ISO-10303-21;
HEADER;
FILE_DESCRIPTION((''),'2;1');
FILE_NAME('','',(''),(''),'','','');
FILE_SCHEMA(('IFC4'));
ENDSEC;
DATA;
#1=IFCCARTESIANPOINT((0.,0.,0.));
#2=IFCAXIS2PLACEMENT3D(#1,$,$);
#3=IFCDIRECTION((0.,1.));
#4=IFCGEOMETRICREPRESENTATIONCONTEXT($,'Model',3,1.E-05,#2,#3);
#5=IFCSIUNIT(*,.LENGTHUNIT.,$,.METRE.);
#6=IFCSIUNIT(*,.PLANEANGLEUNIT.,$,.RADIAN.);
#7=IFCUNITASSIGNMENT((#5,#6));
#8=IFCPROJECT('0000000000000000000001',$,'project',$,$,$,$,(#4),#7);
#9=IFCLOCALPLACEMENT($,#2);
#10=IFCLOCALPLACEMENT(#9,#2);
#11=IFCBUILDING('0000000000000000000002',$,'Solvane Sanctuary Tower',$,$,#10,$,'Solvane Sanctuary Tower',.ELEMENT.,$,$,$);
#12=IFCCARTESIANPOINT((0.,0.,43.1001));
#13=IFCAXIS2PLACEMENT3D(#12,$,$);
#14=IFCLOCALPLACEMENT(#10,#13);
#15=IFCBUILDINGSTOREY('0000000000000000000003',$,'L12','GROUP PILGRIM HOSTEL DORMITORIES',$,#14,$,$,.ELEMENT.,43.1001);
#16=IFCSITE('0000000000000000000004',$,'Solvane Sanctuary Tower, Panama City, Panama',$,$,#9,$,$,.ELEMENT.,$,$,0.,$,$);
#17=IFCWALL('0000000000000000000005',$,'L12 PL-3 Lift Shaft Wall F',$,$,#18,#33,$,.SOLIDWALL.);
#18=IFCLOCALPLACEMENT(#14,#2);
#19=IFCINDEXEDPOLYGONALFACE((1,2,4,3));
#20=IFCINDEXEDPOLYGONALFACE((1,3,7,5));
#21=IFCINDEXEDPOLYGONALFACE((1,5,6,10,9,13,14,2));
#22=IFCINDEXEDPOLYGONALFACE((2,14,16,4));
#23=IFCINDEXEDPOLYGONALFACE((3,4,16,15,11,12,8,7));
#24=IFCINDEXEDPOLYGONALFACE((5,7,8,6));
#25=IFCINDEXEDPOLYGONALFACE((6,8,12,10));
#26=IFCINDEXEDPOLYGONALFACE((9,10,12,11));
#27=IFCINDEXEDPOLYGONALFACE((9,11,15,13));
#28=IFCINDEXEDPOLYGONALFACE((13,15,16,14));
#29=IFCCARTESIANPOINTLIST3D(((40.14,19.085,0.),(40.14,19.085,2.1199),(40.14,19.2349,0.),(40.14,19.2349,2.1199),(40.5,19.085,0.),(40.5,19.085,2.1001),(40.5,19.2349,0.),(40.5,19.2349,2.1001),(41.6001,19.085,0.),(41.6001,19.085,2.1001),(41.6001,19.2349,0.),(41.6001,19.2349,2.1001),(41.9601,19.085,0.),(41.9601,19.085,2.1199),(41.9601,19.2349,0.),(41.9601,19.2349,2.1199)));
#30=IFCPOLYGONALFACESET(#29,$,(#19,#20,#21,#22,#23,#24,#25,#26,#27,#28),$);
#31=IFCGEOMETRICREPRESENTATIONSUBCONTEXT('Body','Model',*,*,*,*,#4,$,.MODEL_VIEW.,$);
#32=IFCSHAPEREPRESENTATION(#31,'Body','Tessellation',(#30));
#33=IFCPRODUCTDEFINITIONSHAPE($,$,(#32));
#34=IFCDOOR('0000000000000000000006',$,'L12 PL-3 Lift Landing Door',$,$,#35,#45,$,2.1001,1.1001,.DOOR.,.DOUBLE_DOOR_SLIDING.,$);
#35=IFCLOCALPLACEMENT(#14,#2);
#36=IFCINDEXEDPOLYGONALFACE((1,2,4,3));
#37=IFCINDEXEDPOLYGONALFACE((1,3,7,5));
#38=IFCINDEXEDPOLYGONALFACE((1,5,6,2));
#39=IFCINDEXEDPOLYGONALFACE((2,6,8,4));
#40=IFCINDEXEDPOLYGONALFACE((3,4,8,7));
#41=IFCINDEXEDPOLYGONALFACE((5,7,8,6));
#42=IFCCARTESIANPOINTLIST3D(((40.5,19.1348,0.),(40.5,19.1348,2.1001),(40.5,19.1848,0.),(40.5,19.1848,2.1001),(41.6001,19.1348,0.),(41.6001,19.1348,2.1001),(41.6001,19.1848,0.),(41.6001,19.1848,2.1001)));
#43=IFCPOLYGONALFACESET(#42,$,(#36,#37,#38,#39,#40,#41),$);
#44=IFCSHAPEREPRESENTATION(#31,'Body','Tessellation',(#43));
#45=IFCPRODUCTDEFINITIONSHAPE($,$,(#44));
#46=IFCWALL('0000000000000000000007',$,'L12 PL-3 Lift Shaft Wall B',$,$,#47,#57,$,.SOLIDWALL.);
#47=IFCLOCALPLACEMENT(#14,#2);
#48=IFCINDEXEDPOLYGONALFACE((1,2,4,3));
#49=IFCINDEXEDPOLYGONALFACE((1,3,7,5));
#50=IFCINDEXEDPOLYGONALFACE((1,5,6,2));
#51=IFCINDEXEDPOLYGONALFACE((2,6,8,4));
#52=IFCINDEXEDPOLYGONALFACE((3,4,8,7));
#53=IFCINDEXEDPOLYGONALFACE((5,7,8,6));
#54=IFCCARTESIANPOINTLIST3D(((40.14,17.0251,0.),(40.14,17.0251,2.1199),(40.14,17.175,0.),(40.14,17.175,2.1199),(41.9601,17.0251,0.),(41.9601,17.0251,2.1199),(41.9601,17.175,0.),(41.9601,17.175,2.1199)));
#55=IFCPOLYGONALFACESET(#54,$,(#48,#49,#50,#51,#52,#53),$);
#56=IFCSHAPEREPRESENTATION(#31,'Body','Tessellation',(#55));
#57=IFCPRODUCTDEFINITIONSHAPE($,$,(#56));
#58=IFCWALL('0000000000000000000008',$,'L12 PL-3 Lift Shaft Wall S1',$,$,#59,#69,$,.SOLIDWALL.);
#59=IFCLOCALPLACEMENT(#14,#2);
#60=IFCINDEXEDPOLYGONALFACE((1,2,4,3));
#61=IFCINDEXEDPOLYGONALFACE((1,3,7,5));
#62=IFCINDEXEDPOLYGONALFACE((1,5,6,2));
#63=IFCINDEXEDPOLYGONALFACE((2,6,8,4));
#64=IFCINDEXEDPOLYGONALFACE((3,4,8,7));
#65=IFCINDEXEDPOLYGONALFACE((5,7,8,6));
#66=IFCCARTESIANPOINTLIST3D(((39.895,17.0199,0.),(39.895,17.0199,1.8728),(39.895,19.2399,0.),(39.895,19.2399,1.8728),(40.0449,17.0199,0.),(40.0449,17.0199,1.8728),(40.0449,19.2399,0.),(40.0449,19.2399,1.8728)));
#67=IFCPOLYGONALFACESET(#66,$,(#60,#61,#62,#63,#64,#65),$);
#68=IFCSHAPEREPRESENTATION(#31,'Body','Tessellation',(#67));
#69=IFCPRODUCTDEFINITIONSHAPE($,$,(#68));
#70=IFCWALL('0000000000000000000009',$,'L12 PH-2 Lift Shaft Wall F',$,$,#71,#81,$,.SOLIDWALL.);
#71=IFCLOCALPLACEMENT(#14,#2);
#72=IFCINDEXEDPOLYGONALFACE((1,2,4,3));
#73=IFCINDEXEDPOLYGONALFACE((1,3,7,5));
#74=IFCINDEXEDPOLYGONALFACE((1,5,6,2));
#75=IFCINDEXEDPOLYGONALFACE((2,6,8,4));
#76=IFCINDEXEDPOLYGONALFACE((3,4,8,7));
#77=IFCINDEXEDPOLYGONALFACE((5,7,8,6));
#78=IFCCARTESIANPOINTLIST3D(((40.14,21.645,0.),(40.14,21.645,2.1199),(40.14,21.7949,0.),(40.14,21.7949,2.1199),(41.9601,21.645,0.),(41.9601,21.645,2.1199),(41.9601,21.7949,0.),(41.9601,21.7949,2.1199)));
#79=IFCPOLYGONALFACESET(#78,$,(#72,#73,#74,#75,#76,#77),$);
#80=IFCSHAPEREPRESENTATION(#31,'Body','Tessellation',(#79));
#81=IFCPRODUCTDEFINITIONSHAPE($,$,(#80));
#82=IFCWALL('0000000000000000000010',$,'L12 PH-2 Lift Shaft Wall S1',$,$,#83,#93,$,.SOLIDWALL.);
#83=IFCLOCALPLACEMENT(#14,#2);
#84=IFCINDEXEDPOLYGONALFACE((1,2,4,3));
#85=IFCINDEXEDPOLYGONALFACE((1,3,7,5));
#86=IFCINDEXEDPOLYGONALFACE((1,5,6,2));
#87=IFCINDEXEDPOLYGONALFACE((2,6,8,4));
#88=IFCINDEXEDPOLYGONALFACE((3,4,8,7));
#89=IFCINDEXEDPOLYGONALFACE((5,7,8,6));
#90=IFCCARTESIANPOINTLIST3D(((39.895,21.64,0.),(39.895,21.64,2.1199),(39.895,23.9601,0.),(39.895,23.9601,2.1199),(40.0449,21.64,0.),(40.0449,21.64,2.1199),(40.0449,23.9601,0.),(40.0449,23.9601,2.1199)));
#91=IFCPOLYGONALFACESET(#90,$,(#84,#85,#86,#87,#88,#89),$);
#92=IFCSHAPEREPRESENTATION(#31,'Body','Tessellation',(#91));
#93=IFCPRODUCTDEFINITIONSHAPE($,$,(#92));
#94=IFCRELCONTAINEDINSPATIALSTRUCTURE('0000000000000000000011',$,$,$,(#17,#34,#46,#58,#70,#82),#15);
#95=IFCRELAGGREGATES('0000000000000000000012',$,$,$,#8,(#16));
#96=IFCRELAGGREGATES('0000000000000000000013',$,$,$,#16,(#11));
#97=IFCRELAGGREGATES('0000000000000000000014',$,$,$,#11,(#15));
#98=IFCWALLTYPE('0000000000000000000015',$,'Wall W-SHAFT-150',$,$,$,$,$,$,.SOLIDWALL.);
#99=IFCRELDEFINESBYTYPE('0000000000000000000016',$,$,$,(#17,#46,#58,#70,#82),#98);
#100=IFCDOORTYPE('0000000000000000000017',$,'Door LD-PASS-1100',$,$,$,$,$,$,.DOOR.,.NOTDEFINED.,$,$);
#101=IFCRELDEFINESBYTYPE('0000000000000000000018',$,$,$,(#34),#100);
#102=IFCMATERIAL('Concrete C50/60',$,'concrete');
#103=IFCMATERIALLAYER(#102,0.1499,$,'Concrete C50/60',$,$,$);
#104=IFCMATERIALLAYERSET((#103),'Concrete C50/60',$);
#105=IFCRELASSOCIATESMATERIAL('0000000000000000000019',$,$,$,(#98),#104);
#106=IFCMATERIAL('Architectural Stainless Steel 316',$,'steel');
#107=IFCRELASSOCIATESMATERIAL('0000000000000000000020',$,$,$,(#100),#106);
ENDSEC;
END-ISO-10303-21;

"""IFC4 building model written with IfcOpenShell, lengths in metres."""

from ifc_helpers import new_model, si_unit, direction, frame, frame_2d, origin, place, context, subcontext, project, spatial, rectangle, extrude, material, layer, layer_set, type_object, element, fill, save


model = new_model("IFC4")

# Units and contexts
model_context = context("Model", 3, precision=1e-05, world=origin(), true_north=direction((0.0, 1.0)))
body_context = subcontext(model_context, "Body", "Model", "MODEL_VIEW")
ifc_project = project(units=[si_unit("LENGTHUNIT", "METRE"), si_unit("PLANEANGLEUNIT", "RADIAN")], contexts=[model_context])

# Site, building, storey
site_placement = place(None, origin())
site = spatial("IfcSite", under=ifc_project, at=site_placement, Name="Solvane Sanctuary Tower, Panama City, Panama", CompositionType="ELEMENT", RefElevation=0.0)
building_placement = place(site_placement, origin())
building = spatial("IfcBuilding", under=site, at=building_placement, Name="Solvane Sanctuary Tower", LongName="Solvane Sanctuary Tower", CompositionType="ELEMENT")
storey_placement = place(building_placement, frame((0.0, 0.0, 43.1001)))
storey = spatial("IfcBuildingStorey", under=building, at=storey_placement, Name="L12", Description="GROUP PILGRIM HOSTEL DORMITORIES", CompositionType="ELEMENT", Elevation=43.1001)

# Wall, opening, door
ifc_material_1 = material(Name="Concrete C50/60", Category="concrete")
ifc_layer_1 = layer(ifc_material_1, 0.1499, Name="Concrete C50/60")
ifc_layer_set_1 = layer_set([ifc_layer_1], Name="Concrete C50/60")
wall_type_1 = type_object("IfcWallType", Name="Wall W-SHAFT-150", PredefinedType="SOLIDWALL", material=ifc_layer_set_1)
wall_1_placement = place(storey_placement, frame((40.1399, 19.1599, 0.0), z_axis=(0.0, 0.0, 1.0), x_axis=(1.0, 0.0, 0.0)))
wall_1 = element("IfcWall", 1, at=wall_1_placement, inside=storey, type_object=wall_type_1, Name="L12 PL-3 Lift Shaft Wall F", PredefinedType="SOLIDWALL", context=body_context, shape_type="SweptSolid", body=[
    extrude(rectangle(XDim=1.8201, YDim=0.1499, at=frame_2d((0.9102, 0.0))), origin(), (0.0, 0.0, 1.0), 2.1199),
])
opening_placement = place(wall_1_placement, frame((0.3601, 0.0, 0.0)))
opening = element("IfcOpeningElement", 2, at=opening_placement, cuts=wall_1, PredefinedType="OPENING", context=body_context, shape_type="SweptSolid", body=[
    extrude(rectangle(XDim=1.1001, YDim=2.1001, at=frame_2d((0.55, 1.05))), frame((0.0, 0.085, 0.0), z_axis=(0.0, -1.0, 0.0), x_axis=(1.0, 0.0, 0.0)), (0.0, 0.0, 1.0), 0.1699),
])
ifc_material_2 = material(Name="Architectural Stainless Steel 316", Category="steel")
door_type = type_object("IfcDoorType", Name="Door LD-PASS-1100", OperationType="NOTDEFINED", PredefinedType="DOOR", material=ifc_material_2)
door_placement = place(opening_placement, origin())
door = element("IfcDoor", 3, at=door_placement, inside=storey, type_object=door_type, Name="L12 PL-3 Lift Landing Door", OperationType="DOUBLE_DOOR_SLIDING", OverallHeight=2.1001, OverallWidth=1.1001, PredefinedType="DOOR", context=body_context, shape_type="SweptSolid", body=[
    extrude(rectangle(XDim=1.1001, YDim=2.1001, at=frame_2d((0.55, 1.05))), frame((0.0, 0.0249, 0.0), z_axis=(0.0, -1.0, 0.0), x_axis=(1.0, 0.0, 0.0)), (0.0, 0.0, 1.0), 0.05),
])
fill(opening, door)

# Walls
wall_2_placement = place(storey_placement, frame((40.1399, 17.1001, 0.0), z_axis=(0.0, 0.0, 1.0), x_axis=(1.0, 0.0, 0.0)))
element("IfcWall", 4, at=wall_2_placement, inside=storey, type_object=wall_type_1, Name="L12 PL-3 Lift Shaft Wall B", PredefinedType="SOLIDWALL", context=body_context, shape_type="SweptSolid", body=[
    extrude(rectangle(XDim=1.8201, YDim=0.1499, at=frame_2d((0.9102, 0.0))), origin(), (0.0, 0.0, 1.0), 2.1199),
])
wall_3_placement = place(storey_placement, frame((39.97, 17.02, 0.0), z_axis=(0.0, 0.0, 1.0), x_axis=(0.0, 1.0, 0.0)))
element("IfcWall", 5, at=wall_3_placement, inside=storey, type_object=wall_type_1, Name="L12 PL-3 Lift Shaft Wall S1", PredefinedType="SOLIDWALL", context=body_context, shape_type="SweptSolid", body=[
    extrude(rectangle(XDim=2.22, YDim=0.1499, at=frame_2d((1.1099, 0.0))), origin(), (0.0, 0.0, 1.0), 1.8728),
])
wall_4_placement = place(storey_placement, frame((40.1399, 21.72, 0.0), z_axis=(0.0, 0.0, 1.0), x_axis=(1.0, 0.0, 0.0)))
element("IfcWall", 6, at=wall_4_placement, inside=storey, type_object=wall_type_1, Name="L12 PH-2 Lift Shaft Wall F", PredefinedType="SOLIDWALL", context=body_context, shape_type="SweptSolid", body=[
    extrude(rectangle(XDim=1.8201, YDim=0.1499, at=frame_2d((0.9102, 0.0))), origin(), (0.0, 0.0, 1.0), 2.1199),
])
wall_5_placement = place(storey_placement, frame((39.97, 21.6399, 0.0), z_axis=(0.0, 0.0, 1.0), x_axis=(0.0, 1.0, 0.0)))
element("IfcWall", 7, at=wall_5_placement, inside=storey, type_object=wall_type_1, Name="L12 PH-2 Lift Shaft Wall S1", PredefinedType="SOLIDWALL", context=body_context, shape_type="SweptSolid", body=[
    extrude(rectangle(XDim=2.3201, YDim=0.1499, at=frame_2d((1.1602, 0.0))), origin(), (0.0, 0.0, 1.0), 2.1199),
])

save(model, "model.ifc")
